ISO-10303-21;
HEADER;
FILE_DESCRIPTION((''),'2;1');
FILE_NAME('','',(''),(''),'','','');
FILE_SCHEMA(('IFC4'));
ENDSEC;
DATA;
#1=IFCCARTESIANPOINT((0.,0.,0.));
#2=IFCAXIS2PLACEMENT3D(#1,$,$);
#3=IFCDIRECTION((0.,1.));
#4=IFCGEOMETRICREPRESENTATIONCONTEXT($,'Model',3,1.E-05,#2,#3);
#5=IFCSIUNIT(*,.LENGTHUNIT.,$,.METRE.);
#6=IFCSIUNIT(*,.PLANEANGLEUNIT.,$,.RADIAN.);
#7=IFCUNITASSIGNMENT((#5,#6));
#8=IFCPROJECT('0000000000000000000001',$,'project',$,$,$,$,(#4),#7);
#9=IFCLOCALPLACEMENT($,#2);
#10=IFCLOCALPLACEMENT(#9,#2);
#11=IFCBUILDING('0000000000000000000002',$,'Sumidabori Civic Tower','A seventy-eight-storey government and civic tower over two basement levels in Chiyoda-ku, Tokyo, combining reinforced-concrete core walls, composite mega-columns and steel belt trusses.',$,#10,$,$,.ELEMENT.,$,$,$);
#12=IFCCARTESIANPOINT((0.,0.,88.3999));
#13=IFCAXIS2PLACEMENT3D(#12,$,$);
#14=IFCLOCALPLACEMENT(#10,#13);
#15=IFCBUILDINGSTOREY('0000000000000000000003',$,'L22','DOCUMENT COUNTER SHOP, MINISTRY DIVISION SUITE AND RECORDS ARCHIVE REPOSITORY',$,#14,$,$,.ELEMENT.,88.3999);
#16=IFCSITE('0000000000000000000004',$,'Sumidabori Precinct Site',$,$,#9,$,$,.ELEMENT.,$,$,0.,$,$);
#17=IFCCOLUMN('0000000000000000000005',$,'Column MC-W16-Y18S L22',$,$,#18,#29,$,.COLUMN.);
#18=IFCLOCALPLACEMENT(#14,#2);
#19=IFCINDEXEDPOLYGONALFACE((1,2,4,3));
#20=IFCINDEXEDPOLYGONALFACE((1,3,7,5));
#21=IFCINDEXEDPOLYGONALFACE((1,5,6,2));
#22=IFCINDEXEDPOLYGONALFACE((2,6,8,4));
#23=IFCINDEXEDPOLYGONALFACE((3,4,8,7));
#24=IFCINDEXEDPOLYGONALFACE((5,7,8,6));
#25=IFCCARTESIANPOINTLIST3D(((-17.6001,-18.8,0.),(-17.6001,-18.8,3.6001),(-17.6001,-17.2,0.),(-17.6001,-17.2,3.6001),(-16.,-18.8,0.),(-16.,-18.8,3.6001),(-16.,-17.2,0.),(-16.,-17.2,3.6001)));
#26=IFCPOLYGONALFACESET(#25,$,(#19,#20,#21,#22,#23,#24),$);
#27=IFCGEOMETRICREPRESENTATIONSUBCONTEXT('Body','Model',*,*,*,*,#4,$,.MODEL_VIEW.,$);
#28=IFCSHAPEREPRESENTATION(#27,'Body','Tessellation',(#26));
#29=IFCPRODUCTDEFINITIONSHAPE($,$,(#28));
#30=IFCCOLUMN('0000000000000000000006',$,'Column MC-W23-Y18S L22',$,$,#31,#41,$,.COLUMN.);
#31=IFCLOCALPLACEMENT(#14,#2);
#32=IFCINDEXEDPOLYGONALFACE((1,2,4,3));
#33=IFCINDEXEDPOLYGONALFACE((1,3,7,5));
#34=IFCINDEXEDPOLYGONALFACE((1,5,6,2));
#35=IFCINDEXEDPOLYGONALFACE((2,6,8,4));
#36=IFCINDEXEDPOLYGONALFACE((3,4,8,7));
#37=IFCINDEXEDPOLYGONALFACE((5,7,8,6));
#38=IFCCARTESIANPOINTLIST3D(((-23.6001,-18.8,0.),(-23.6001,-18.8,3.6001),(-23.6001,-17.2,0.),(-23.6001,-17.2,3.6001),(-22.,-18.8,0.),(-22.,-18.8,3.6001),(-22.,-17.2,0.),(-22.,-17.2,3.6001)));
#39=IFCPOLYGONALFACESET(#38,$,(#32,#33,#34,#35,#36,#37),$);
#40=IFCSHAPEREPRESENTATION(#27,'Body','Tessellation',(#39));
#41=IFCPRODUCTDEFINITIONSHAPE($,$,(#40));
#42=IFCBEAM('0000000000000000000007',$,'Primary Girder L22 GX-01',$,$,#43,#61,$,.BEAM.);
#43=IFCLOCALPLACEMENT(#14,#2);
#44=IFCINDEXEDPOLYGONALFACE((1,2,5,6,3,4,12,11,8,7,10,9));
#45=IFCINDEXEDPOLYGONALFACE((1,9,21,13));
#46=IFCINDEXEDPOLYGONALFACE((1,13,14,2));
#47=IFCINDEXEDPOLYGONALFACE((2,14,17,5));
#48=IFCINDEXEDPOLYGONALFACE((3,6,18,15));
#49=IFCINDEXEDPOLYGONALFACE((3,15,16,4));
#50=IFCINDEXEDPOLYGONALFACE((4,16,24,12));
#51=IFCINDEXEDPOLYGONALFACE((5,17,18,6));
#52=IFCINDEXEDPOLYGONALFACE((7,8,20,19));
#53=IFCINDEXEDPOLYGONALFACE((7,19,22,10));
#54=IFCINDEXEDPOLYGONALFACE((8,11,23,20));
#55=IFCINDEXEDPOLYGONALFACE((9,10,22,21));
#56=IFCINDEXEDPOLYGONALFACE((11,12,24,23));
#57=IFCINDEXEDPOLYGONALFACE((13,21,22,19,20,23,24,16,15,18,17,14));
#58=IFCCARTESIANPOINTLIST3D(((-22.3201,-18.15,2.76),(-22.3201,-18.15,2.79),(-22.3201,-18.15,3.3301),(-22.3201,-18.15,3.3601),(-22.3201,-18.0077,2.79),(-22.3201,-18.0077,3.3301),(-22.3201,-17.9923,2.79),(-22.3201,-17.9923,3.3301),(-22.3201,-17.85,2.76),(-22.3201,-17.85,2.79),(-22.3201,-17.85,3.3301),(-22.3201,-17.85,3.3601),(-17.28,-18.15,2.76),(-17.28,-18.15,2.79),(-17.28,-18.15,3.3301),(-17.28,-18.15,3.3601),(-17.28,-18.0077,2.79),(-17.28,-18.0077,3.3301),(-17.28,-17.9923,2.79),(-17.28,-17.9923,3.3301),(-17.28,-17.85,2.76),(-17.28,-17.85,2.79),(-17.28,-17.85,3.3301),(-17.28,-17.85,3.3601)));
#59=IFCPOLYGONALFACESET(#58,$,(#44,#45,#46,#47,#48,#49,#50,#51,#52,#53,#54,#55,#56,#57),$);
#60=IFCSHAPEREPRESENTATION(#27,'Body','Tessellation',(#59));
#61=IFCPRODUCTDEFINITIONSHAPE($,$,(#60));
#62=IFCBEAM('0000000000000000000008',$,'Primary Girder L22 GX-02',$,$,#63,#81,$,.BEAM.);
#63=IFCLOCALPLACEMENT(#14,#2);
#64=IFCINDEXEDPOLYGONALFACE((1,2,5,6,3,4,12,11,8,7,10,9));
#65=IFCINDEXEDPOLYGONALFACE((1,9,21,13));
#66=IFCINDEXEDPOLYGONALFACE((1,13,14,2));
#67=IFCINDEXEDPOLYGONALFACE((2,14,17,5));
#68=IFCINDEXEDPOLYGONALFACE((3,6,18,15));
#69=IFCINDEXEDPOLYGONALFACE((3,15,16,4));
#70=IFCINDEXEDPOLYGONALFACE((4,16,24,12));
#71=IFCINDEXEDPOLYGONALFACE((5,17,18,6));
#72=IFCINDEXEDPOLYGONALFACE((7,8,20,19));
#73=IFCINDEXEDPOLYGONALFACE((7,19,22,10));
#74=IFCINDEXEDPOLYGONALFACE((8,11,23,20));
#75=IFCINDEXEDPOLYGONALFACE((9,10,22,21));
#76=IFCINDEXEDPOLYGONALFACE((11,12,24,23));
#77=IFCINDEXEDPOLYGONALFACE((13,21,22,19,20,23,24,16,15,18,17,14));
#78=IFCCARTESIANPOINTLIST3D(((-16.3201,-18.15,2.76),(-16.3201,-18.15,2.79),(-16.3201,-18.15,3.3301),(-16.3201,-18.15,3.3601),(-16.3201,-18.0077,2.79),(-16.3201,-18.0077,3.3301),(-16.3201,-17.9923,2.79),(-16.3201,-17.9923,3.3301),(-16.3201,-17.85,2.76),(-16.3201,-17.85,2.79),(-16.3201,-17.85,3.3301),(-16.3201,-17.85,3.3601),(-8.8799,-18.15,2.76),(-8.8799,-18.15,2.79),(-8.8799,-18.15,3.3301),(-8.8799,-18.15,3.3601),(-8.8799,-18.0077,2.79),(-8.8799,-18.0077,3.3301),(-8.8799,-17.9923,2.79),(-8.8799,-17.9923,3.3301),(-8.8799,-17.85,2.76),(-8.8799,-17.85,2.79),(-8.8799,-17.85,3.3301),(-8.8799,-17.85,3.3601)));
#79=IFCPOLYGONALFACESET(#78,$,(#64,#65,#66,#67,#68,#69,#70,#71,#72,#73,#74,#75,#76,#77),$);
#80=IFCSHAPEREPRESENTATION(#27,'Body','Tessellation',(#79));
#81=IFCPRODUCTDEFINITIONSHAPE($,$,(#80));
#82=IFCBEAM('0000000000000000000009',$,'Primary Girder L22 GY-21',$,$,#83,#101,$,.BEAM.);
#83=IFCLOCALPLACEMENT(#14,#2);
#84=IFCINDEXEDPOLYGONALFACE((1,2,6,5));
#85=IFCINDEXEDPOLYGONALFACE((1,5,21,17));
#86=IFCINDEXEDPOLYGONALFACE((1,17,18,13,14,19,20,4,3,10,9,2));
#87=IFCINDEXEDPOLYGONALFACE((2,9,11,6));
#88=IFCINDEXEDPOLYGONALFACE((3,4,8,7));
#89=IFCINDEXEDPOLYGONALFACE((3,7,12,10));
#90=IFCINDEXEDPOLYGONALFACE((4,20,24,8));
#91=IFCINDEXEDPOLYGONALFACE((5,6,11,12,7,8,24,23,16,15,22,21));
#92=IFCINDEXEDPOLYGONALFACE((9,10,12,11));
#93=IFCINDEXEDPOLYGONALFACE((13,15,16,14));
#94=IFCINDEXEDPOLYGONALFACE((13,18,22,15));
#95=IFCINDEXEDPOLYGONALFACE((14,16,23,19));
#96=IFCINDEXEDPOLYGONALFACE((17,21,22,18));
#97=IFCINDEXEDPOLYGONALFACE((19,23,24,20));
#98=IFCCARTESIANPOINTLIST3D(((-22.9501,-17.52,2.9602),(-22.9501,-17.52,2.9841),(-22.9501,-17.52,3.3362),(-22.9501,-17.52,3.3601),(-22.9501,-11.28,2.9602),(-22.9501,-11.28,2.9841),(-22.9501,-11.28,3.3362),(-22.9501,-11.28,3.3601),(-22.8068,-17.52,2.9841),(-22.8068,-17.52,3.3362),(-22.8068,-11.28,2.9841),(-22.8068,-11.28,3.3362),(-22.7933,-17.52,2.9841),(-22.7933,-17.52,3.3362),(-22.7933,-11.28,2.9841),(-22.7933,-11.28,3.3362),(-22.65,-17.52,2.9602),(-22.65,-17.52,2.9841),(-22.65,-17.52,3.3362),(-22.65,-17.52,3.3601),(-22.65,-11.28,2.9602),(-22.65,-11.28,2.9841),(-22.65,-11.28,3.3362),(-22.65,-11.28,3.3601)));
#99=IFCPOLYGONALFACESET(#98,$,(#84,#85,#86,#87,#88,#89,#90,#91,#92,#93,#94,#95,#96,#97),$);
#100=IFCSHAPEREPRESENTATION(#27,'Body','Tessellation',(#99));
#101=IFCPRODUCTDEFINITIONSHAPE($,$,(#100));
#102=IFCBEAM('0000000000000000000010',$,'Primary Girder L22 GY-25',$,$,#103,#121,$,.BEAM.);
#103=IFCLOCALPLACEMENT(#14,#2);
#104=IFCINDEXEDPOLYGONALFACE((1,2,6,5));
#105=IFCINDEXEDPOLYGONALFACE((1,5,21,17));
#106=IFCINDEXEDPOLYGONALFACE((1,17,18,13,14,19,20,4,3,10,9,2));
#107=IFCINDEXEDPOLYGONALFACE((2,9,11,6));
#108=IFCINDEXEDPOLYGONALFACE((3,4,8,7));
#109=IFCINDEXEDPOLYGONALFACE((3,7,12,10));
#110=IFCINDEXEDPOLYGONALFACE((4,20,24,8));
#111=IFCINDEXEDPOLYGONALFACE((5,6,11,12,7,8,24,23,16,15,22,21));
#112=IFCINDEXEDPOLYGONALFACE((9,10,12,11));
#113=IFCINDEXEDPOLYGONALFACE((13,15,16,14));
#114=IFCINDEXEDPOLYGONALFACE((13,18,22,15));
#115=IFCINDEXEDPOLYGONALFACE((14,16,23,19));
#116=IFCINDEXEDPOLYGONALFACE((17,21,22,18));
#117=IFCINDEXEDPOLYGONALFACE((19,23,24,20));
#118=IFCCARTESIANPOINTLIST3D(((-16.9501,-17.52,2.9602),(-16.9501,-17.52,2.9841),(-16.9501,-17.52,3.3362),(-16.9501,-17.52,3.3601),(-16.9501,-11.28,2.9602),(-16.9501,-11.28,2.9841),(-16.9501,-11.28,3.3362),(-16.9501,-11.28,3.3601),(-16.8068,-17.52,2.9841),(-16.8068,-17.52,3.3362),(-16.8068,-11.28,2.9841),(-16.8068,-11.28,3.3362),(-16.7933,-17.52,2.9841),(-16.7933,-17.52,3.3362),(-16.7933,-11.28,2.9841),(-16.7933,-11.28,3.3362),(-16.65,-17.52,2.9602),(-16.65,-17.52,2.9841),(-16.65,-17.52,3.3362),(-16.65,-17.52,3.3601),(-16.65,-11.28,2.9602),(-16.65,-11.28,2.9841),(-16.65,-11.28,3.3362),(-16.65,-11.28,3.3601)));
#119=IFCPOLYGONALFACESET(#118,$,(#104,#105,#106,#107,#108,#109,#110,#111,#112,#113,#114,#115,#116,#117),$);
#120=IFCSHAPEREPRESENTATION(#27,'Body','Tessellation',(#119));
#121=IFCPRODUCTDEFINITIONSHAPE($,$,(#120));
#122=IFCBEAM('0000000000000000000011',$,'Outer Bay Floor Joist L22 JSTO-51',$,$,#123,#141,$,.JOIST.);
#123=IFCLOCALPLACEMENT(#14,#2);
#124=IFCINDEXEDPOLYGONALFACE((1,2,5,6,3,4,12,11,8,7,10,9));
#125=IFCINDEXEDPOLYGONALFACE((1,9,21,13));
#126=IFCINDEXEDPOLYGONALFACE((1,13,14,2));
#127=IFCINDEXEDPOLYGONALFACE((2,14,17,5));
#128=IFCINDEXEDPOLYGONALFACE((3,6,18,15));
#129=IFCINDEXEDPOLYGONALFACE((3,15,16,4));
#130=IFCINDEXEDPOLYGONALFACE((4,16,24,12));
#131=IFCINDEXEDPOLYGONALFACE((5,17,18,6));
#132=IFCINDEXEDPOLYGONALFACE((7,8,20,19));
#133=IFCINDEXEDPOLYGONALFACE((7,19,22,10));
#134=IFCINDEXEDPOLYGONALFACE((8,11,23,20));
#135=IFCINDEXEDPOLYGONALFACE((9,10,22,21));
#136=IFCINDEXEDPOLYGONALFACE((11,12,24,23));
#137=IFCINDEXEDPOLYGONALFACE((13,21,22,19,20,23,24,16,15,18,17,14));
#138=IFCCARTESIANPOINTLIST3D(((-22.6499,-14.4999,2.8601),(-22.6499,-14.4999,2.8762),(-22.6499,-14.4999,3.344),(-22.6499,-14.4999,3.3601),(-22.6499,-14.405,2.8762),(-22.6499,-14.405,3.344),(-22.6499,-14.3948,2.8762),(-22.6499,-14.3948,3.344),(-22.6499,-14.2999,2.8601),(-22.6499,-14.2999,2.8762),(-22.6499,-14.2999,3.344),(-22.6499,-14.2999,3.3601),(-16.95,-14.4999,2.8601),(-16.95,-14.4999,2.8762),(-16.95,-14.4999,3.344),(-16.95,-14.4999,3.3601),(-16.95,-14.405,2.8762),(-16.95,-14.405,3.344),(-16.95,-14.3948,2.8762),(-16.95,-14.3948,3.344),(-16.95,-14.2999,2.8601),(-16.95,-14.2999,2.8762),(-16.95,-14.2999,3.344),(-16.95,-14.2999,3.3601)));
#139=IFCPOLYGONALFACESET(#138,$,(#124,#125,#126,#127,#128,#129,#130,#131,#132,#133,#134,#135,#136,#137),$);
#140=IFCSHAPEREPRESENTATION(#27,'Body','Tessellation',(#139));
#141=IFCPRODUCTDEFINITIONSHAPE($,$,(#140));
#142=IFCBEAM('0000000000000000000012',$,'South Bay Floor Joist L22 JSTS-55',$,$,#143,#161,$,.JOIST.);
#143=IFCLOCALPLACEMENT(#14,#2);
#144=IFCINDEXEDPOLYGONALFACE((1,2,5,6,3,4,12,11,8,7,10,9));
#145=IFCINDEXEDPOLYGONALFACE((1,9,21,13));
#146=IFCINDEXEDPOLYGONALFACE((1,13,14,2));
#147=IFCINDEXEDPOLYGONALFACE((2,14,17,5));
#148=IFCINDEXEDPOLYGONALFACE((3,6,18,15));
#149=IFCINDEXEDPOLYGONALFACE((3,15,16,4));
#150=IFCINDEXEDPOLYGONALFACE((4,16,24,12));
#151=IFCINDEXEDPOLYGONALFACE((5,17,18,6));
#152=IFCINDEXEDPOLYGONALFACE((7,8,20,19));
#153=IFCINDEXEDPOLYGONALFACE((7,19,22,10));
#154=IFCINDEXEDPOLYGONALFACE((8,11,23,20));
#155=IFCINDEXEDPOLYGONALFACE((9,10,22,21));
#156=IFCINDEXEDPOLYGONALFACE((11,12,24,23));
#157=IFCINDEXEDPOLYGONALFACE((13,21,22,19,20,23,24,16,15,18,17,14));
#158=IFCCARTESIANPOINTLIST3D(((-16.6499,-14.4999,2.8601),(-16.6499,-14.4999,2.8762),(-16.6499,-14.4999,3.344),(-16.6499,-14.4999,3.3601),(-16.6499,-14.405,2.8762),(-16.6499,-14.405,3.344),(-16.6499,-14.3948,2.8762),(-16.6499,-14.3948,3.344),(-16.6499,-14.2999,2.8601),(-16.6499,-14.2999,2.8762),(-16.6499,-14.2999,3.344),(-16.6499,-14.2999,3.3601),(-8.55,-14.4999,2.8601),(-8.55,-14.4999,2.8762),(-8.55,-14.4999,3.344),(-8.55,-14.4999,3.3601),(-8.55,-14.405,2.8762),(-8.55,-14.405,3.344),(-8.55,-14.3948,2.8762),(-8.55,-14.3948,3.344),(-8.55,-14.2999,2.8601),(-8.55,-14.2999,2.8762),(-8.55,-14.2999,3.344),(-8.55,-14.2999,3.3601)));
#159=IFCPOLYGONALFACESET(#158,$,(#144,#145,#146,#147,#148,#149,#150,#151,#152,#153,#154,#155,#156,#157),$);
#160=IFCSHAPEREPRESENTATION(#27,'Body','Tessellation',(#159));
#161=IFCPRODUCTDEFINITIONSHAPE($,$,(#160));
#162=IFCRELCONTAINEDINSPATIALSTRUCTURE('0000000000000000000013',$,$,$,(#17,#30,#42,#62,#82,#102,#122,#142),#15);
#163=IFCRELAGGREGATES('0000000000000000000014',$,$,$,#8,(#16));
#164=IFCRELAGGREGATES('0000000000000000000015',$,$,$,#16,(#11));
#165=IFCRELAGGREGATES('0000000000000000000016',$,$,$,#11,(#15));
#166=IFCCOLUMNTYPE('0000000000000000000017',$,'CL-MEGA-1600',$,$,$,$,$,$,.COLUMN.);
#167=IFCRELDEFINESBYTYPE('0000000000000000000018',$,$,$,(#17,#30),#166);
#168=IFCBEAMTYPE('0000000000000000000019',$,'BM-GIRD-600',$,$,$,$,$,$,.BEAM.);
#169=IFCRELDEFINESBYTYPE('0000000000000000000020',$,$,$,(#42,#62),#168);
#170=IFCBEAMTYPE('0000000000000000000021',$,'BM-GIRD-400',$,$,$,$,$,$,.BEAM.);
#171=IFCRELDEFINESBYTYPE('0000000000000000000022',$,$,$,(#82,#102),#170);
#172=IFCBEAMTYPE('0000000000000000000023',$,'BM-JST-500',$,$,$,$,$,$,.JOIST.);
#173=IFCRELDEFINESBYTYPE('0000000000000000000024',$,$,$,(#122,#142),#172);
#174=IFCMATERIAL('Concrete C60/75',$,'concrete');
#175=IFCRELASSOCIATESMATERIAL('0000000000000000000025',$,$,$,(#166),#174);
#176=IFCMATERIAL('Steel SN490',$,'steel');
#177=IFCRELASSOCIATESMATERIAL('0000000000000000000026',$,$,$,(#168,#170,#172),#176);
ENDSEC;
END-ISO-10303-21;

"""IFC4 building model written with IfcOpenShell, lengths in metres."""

from ifc_helpers import new_model, si_unit, direction, frame, origin, origin_2d, place, context, subcontext, project, spatial, rectangle, i_section, extrude, source, transform, mapped, material, material_profile, profile_set, type_object, element, save


model = new_model("IFC4")

# Units and contexts
model_context = context("Model", 3, precision=1e-05, world=origin(), true_north=direction((0.0, 1.0)))
body_context = subcontext(model_context, "Body", "Model", "MODEL_VIEW")
ifc_project = project(units=[si_unit("LENGTHUNIT", "METRE"), si_unit("PLANEANGLEUNIT", "RADIAN")], contexts=[model_context])

# Site, building, storey
site_placement = place(None, origin())
site = spatial("IfcSite", under=ifc_project, at=site_placement, Name="Sumidabori Precinct Site", CompositionType="ELEMENT", RefElevation=0.0)
building_placement = place(site_placement, origin())
building = spatial("IfcBuilding", under=site, at=building_placement, Name="Sumidabori Civic Tower", Description="A seventy-eight-storey government and civic tower over two basement levels in Chiyoda-ku, Tokyo, combining reinforced-concrete core walls, composite mega-columns and steel belt trusses.", CompositionType="ELEMENT")
storey_placement = place(building_placement, frame((0.0, 0.0, 88.3999)))
storey = spatial("IfcBuildingStorey", under=building, at=storey_placement, Name="L22", Description="DOCUMENT COUNTER SHOP, MINISTRY DIVISION SUITE AND RECORDS ARCHIVE REPOSITORY", CompositionType="ELEMENT", Elevation=88.3999)

# Columns
ifc_material_1 = material(Name="Concrete C60/75", Category="concrete")
ifc_material_profile_1 = material_profile(ifc_material_1, rectangle(XDim=1.6001, YDim=1.6001, at=origin_2d()), Name="RC 1600x1600")
ifc_profile_set_1 = profile_set([ifc_material_profile_1], Name="Concrete C60/75")
column_type = type_object("IfcColumnType", Name="CL-MEGA-1600", PredefinedType="COLUMN", material=ifc_profile_set_1)
shared_shape_1 = source(origin(), body_context, "Body", "SweptSolid", [
    extrude(rectangle(XDim=1.6001, YDim=1.6001, at=origin_2d()), origin(), (0.0, 0.0, 1.0), 3.6001),
])
for number, where, z_axis, x_axis, name in (
    (1, (-16.8, -18.0, 0.0), (0.0, 0.0, 1.0), (1.0, 0.0, 0.0), "Column MC-W16-Y18S L22"),
    (2, (-22.8, -18.0, 0.0), (0.0, 0.0, 1.0), (1.0, 0.0, 0.0), "Column MC-W23-Y18S L22"),
):
    element("IfcColumn", number, at=place(storey_placement, frame(where, z_axis=z_axis, x_axis=x_axis)), inside=storey, type_object=column_type, Name=name, PredefinedType="COLUMN", context=body_context, shape_type="MappedRepresentation", body=[
        mapped(shared_shape_1, transform((0.0, 0.0, 0.0), x_axis=(1.0, 0.0, 0.0), y_axis=(0.0, 1.0, 0.0), z_axis=(0.0, 0.0, 1.0), scale=1.0)),
    ])

# Beams
ifc_material_2 = material(Name="Steel SN490", Category="steel")
ifc_material_profile_2 = material_profile(ifc_material_2, i_section(OverallWidth=0.3, OverallDepth=0.6001, WebThickness=0.0154, FlangeThickness=0.03, at=origin_2d()), Name="HE 600 B")
ifc_profile_set_2 = profile_set([ifc_material_profile_2], Name="Steel SN490")
beam_type_1 = type_object("IfcBeamType", Name="BM-GIRD-600", PredefinedType="BEAM", material=ifc_profile_set_2)
shared_shape_2 = source(origin(), body_context, "Body", "SweptSolid", [
    extrude(i_section(OverallWidth=0.3, OverallDepth=0.6001, WebThickness=0.0154, FlangeThickness=0.03, at=origin_2d()), origin(), (0.0, 0.0, 1.0), 5.04),
])
beam_1_placement = place(storey_placement, frame((-22.3201, -18.0, 3.0601), z_axis=(1.0, 0.0, 0.0), x_axis=(0.0, 1.0, 0.0)))
element("IfcBeam", 3, at=beam_1_placement, inside=storey, type_object=beam_type_1, Name="Primary Girder L22 GX-01", PredefinedType="BEAM", context=body_context, shape_type="MappedRepresentation", body=[
    mapped(shared_shape_2, transform((0.0, 0.0, 0.0), x_axis=(1.0, 0.0, 0.0), y_axis=(0.0, 1.0, 0.0), z_axis=(0.0, 0.0, 1.0), scale=1.0)),
])
shared_shape_3 = source(origin(), body_context, "Body", "SweptSolid", [
    extrude(i_section(OverallWidth=0.3, OverallDepth=0.6001, WebThickness=0.0154, FlangeThickness=0.03, at=origin_2d()), origin(), (0.0, 0.0, 1.0), 7.4402),
])
beam_2_placement = place(storey_placement, frame((-16.3201, -18.0, 3.0601), z_axis=(1.0, 0.0, 0.0), x_axis=(0.0, 1.0, 0.0)))
element("IfcBeam", 4, at=beam_2_placement, inside=storey, type_object=beam_type_1, Name="Primary Girder L22 GX-02", PredefinedType="BEAM", context=body_context, shape_type="MappedRepresentation", body=[
    mapped(shared_shape_3, transform((0.0, 0.0, 0.0), x_axis=(1.0, 0.0, 0.0), y_axis=(0.0, 1.0, 0.0), z_axis=(0.0, 0.0, 1.0), scale=1.0)),
])
ifc_material_profile_3 = material_profile(ifc_material_2, i_section(OverallWidth=0.3, OverallDepth=0.3999, WebThickness=0.0134, FlangeThickness=0.0239, at=origin_2d()), Name="HE 400 B")
ifc_profile_set_3 = profile_set([ifc_material_profile_3], Name="Steel SN490")
beam_type_2 = type_object("IfcBeamType", Name="BM-GIRD-400", PredefinedType="BEAM", material=ifc_profile_set_3)
shared_shape_4 = source(origin(), body_context, "Body", "SweptSolid", [
    extrude(i_section(OverallWidth=0.3, OverallDepth=0.3999, WebThickness=0.0134, FlangeThickness=0.0239, at=origin_2d()), origin(), (0.0, 0.0, 1.0), 6.24),
])
for number, where, z_axis, x_axis, name in (
    (5, (-22.8, -17.52, 3.1602), (0.0, 1.0, 0.0), (-1.0, 0.0, 0.0), "Primary Girder L22 GY-21"),
    (6, (-16.8, -17.52, 3.1602), (0.0, 1.0, 0.0), (-1.0, 0.0, 0.0), "Primary Girder L22 GY-25"),
):
    element("IfcBeam", number, at=place(storey_placement, frame(where, z_axis=z_axis, x_axis=x_axis)), inside=storey, type_object=beam_type_2, Name=name, PredefinedType="BEAM", context=body_context, shape_type="MappedRepresentation", body=[
        mapped(shared_shape_4, transform((0.0, 0.0, 0.0), x_axis=(1.0, 0.0, 0.0), y_axis=(0.0, 1.0, 0.0), z_axis=(0.0, 0.0, 1.0), scale=1.0)),
    ])
ifc_material_profile_4 = material_profile(ifc_material_2, i_section(OverallWidth=0.2, OverallDepth=0.5, WebThickness=0.0103, FlangeThickness=0.0161, at=origin_2d()), Name="IPE 500")
ifc_profile_set_4 = profile_set([ifc_material_profile_4], Name="Steel SN490")
beam_type_3 = type_object("IfcBeamType", Name="BM-JST-500", PredefinedType="JOIST", material=ifc_profile_set_4)
shared_shape_5 = source(origin(), body_context, "Body", "SweptSolid", [
    extrude(i_section(OverallWidth=0.2, OverallDepth=0.5, WebThickness=0.0103, FlangeThickness=0.0161, at=origin_2d()), origin(), (0.0, 0.0, 1.0), 5.7),
])
beam_3_placement = place(storey_placement, frame((-22.6499, -14.3999, 3.1101), z_axis=(1.0, 0.0, 0.0), x_axis=(0.0, 1.0, 0.0)))
element("IfcBeam", 7, at=beam_3_placement, inside=storey, type_object=beam_type_3, Name="Outer Bay Floor Joist L22 JSTO-51", PredefinedType="JOIST", context=body_context, shape_type="MappedRepresentation", body=[
    mapped(shared_shape_5, transform((0.0, 0.0, 0.0), x_axis=(1.0, 0.0, 0.0), y_axis=(0.0, 1.0, 0.0), z_axis=(0.0, 0.0, 1.0), scale=1.0)),
])
shared_shape_6 = source(origin(), body_context, "Body", "SweptSolid", [
    extrude(i_section(OverallWidth=0.2, OverallDepth=0.5, WebThickness=0.0103, FlangeThickness=0.0161, at=origin_2d()), origin(), (0.0, 0.0, 1.0), 8.0999),
])
beam_4_placement = place(storey_placement, frame((-16.6499, -14.3999, 3.1101), z_axis=(1.0, 0.0, 0.0), x_axis=(0.0, 1.0, 0.0)))
element("IfcBeam", 8, at=beam_4_placement, inside=storey, type_object=beam_type_3, Name="South Bay Floor Joist L22 JSTS-55", PredefinedType="JOIST", context=body_context, shape_type="MappedRepresentation", body=[
    mapped(shared_shape_6, transform((0.0, 0.0, 0.0), x_axis=(1.0, 0.0, 0.0), y_axis=(0.0, 1.0, 0.0), z_axis=(0.0, 0.0, 1.0), scale=1.0)),
])

save(model, "model.ifc")
